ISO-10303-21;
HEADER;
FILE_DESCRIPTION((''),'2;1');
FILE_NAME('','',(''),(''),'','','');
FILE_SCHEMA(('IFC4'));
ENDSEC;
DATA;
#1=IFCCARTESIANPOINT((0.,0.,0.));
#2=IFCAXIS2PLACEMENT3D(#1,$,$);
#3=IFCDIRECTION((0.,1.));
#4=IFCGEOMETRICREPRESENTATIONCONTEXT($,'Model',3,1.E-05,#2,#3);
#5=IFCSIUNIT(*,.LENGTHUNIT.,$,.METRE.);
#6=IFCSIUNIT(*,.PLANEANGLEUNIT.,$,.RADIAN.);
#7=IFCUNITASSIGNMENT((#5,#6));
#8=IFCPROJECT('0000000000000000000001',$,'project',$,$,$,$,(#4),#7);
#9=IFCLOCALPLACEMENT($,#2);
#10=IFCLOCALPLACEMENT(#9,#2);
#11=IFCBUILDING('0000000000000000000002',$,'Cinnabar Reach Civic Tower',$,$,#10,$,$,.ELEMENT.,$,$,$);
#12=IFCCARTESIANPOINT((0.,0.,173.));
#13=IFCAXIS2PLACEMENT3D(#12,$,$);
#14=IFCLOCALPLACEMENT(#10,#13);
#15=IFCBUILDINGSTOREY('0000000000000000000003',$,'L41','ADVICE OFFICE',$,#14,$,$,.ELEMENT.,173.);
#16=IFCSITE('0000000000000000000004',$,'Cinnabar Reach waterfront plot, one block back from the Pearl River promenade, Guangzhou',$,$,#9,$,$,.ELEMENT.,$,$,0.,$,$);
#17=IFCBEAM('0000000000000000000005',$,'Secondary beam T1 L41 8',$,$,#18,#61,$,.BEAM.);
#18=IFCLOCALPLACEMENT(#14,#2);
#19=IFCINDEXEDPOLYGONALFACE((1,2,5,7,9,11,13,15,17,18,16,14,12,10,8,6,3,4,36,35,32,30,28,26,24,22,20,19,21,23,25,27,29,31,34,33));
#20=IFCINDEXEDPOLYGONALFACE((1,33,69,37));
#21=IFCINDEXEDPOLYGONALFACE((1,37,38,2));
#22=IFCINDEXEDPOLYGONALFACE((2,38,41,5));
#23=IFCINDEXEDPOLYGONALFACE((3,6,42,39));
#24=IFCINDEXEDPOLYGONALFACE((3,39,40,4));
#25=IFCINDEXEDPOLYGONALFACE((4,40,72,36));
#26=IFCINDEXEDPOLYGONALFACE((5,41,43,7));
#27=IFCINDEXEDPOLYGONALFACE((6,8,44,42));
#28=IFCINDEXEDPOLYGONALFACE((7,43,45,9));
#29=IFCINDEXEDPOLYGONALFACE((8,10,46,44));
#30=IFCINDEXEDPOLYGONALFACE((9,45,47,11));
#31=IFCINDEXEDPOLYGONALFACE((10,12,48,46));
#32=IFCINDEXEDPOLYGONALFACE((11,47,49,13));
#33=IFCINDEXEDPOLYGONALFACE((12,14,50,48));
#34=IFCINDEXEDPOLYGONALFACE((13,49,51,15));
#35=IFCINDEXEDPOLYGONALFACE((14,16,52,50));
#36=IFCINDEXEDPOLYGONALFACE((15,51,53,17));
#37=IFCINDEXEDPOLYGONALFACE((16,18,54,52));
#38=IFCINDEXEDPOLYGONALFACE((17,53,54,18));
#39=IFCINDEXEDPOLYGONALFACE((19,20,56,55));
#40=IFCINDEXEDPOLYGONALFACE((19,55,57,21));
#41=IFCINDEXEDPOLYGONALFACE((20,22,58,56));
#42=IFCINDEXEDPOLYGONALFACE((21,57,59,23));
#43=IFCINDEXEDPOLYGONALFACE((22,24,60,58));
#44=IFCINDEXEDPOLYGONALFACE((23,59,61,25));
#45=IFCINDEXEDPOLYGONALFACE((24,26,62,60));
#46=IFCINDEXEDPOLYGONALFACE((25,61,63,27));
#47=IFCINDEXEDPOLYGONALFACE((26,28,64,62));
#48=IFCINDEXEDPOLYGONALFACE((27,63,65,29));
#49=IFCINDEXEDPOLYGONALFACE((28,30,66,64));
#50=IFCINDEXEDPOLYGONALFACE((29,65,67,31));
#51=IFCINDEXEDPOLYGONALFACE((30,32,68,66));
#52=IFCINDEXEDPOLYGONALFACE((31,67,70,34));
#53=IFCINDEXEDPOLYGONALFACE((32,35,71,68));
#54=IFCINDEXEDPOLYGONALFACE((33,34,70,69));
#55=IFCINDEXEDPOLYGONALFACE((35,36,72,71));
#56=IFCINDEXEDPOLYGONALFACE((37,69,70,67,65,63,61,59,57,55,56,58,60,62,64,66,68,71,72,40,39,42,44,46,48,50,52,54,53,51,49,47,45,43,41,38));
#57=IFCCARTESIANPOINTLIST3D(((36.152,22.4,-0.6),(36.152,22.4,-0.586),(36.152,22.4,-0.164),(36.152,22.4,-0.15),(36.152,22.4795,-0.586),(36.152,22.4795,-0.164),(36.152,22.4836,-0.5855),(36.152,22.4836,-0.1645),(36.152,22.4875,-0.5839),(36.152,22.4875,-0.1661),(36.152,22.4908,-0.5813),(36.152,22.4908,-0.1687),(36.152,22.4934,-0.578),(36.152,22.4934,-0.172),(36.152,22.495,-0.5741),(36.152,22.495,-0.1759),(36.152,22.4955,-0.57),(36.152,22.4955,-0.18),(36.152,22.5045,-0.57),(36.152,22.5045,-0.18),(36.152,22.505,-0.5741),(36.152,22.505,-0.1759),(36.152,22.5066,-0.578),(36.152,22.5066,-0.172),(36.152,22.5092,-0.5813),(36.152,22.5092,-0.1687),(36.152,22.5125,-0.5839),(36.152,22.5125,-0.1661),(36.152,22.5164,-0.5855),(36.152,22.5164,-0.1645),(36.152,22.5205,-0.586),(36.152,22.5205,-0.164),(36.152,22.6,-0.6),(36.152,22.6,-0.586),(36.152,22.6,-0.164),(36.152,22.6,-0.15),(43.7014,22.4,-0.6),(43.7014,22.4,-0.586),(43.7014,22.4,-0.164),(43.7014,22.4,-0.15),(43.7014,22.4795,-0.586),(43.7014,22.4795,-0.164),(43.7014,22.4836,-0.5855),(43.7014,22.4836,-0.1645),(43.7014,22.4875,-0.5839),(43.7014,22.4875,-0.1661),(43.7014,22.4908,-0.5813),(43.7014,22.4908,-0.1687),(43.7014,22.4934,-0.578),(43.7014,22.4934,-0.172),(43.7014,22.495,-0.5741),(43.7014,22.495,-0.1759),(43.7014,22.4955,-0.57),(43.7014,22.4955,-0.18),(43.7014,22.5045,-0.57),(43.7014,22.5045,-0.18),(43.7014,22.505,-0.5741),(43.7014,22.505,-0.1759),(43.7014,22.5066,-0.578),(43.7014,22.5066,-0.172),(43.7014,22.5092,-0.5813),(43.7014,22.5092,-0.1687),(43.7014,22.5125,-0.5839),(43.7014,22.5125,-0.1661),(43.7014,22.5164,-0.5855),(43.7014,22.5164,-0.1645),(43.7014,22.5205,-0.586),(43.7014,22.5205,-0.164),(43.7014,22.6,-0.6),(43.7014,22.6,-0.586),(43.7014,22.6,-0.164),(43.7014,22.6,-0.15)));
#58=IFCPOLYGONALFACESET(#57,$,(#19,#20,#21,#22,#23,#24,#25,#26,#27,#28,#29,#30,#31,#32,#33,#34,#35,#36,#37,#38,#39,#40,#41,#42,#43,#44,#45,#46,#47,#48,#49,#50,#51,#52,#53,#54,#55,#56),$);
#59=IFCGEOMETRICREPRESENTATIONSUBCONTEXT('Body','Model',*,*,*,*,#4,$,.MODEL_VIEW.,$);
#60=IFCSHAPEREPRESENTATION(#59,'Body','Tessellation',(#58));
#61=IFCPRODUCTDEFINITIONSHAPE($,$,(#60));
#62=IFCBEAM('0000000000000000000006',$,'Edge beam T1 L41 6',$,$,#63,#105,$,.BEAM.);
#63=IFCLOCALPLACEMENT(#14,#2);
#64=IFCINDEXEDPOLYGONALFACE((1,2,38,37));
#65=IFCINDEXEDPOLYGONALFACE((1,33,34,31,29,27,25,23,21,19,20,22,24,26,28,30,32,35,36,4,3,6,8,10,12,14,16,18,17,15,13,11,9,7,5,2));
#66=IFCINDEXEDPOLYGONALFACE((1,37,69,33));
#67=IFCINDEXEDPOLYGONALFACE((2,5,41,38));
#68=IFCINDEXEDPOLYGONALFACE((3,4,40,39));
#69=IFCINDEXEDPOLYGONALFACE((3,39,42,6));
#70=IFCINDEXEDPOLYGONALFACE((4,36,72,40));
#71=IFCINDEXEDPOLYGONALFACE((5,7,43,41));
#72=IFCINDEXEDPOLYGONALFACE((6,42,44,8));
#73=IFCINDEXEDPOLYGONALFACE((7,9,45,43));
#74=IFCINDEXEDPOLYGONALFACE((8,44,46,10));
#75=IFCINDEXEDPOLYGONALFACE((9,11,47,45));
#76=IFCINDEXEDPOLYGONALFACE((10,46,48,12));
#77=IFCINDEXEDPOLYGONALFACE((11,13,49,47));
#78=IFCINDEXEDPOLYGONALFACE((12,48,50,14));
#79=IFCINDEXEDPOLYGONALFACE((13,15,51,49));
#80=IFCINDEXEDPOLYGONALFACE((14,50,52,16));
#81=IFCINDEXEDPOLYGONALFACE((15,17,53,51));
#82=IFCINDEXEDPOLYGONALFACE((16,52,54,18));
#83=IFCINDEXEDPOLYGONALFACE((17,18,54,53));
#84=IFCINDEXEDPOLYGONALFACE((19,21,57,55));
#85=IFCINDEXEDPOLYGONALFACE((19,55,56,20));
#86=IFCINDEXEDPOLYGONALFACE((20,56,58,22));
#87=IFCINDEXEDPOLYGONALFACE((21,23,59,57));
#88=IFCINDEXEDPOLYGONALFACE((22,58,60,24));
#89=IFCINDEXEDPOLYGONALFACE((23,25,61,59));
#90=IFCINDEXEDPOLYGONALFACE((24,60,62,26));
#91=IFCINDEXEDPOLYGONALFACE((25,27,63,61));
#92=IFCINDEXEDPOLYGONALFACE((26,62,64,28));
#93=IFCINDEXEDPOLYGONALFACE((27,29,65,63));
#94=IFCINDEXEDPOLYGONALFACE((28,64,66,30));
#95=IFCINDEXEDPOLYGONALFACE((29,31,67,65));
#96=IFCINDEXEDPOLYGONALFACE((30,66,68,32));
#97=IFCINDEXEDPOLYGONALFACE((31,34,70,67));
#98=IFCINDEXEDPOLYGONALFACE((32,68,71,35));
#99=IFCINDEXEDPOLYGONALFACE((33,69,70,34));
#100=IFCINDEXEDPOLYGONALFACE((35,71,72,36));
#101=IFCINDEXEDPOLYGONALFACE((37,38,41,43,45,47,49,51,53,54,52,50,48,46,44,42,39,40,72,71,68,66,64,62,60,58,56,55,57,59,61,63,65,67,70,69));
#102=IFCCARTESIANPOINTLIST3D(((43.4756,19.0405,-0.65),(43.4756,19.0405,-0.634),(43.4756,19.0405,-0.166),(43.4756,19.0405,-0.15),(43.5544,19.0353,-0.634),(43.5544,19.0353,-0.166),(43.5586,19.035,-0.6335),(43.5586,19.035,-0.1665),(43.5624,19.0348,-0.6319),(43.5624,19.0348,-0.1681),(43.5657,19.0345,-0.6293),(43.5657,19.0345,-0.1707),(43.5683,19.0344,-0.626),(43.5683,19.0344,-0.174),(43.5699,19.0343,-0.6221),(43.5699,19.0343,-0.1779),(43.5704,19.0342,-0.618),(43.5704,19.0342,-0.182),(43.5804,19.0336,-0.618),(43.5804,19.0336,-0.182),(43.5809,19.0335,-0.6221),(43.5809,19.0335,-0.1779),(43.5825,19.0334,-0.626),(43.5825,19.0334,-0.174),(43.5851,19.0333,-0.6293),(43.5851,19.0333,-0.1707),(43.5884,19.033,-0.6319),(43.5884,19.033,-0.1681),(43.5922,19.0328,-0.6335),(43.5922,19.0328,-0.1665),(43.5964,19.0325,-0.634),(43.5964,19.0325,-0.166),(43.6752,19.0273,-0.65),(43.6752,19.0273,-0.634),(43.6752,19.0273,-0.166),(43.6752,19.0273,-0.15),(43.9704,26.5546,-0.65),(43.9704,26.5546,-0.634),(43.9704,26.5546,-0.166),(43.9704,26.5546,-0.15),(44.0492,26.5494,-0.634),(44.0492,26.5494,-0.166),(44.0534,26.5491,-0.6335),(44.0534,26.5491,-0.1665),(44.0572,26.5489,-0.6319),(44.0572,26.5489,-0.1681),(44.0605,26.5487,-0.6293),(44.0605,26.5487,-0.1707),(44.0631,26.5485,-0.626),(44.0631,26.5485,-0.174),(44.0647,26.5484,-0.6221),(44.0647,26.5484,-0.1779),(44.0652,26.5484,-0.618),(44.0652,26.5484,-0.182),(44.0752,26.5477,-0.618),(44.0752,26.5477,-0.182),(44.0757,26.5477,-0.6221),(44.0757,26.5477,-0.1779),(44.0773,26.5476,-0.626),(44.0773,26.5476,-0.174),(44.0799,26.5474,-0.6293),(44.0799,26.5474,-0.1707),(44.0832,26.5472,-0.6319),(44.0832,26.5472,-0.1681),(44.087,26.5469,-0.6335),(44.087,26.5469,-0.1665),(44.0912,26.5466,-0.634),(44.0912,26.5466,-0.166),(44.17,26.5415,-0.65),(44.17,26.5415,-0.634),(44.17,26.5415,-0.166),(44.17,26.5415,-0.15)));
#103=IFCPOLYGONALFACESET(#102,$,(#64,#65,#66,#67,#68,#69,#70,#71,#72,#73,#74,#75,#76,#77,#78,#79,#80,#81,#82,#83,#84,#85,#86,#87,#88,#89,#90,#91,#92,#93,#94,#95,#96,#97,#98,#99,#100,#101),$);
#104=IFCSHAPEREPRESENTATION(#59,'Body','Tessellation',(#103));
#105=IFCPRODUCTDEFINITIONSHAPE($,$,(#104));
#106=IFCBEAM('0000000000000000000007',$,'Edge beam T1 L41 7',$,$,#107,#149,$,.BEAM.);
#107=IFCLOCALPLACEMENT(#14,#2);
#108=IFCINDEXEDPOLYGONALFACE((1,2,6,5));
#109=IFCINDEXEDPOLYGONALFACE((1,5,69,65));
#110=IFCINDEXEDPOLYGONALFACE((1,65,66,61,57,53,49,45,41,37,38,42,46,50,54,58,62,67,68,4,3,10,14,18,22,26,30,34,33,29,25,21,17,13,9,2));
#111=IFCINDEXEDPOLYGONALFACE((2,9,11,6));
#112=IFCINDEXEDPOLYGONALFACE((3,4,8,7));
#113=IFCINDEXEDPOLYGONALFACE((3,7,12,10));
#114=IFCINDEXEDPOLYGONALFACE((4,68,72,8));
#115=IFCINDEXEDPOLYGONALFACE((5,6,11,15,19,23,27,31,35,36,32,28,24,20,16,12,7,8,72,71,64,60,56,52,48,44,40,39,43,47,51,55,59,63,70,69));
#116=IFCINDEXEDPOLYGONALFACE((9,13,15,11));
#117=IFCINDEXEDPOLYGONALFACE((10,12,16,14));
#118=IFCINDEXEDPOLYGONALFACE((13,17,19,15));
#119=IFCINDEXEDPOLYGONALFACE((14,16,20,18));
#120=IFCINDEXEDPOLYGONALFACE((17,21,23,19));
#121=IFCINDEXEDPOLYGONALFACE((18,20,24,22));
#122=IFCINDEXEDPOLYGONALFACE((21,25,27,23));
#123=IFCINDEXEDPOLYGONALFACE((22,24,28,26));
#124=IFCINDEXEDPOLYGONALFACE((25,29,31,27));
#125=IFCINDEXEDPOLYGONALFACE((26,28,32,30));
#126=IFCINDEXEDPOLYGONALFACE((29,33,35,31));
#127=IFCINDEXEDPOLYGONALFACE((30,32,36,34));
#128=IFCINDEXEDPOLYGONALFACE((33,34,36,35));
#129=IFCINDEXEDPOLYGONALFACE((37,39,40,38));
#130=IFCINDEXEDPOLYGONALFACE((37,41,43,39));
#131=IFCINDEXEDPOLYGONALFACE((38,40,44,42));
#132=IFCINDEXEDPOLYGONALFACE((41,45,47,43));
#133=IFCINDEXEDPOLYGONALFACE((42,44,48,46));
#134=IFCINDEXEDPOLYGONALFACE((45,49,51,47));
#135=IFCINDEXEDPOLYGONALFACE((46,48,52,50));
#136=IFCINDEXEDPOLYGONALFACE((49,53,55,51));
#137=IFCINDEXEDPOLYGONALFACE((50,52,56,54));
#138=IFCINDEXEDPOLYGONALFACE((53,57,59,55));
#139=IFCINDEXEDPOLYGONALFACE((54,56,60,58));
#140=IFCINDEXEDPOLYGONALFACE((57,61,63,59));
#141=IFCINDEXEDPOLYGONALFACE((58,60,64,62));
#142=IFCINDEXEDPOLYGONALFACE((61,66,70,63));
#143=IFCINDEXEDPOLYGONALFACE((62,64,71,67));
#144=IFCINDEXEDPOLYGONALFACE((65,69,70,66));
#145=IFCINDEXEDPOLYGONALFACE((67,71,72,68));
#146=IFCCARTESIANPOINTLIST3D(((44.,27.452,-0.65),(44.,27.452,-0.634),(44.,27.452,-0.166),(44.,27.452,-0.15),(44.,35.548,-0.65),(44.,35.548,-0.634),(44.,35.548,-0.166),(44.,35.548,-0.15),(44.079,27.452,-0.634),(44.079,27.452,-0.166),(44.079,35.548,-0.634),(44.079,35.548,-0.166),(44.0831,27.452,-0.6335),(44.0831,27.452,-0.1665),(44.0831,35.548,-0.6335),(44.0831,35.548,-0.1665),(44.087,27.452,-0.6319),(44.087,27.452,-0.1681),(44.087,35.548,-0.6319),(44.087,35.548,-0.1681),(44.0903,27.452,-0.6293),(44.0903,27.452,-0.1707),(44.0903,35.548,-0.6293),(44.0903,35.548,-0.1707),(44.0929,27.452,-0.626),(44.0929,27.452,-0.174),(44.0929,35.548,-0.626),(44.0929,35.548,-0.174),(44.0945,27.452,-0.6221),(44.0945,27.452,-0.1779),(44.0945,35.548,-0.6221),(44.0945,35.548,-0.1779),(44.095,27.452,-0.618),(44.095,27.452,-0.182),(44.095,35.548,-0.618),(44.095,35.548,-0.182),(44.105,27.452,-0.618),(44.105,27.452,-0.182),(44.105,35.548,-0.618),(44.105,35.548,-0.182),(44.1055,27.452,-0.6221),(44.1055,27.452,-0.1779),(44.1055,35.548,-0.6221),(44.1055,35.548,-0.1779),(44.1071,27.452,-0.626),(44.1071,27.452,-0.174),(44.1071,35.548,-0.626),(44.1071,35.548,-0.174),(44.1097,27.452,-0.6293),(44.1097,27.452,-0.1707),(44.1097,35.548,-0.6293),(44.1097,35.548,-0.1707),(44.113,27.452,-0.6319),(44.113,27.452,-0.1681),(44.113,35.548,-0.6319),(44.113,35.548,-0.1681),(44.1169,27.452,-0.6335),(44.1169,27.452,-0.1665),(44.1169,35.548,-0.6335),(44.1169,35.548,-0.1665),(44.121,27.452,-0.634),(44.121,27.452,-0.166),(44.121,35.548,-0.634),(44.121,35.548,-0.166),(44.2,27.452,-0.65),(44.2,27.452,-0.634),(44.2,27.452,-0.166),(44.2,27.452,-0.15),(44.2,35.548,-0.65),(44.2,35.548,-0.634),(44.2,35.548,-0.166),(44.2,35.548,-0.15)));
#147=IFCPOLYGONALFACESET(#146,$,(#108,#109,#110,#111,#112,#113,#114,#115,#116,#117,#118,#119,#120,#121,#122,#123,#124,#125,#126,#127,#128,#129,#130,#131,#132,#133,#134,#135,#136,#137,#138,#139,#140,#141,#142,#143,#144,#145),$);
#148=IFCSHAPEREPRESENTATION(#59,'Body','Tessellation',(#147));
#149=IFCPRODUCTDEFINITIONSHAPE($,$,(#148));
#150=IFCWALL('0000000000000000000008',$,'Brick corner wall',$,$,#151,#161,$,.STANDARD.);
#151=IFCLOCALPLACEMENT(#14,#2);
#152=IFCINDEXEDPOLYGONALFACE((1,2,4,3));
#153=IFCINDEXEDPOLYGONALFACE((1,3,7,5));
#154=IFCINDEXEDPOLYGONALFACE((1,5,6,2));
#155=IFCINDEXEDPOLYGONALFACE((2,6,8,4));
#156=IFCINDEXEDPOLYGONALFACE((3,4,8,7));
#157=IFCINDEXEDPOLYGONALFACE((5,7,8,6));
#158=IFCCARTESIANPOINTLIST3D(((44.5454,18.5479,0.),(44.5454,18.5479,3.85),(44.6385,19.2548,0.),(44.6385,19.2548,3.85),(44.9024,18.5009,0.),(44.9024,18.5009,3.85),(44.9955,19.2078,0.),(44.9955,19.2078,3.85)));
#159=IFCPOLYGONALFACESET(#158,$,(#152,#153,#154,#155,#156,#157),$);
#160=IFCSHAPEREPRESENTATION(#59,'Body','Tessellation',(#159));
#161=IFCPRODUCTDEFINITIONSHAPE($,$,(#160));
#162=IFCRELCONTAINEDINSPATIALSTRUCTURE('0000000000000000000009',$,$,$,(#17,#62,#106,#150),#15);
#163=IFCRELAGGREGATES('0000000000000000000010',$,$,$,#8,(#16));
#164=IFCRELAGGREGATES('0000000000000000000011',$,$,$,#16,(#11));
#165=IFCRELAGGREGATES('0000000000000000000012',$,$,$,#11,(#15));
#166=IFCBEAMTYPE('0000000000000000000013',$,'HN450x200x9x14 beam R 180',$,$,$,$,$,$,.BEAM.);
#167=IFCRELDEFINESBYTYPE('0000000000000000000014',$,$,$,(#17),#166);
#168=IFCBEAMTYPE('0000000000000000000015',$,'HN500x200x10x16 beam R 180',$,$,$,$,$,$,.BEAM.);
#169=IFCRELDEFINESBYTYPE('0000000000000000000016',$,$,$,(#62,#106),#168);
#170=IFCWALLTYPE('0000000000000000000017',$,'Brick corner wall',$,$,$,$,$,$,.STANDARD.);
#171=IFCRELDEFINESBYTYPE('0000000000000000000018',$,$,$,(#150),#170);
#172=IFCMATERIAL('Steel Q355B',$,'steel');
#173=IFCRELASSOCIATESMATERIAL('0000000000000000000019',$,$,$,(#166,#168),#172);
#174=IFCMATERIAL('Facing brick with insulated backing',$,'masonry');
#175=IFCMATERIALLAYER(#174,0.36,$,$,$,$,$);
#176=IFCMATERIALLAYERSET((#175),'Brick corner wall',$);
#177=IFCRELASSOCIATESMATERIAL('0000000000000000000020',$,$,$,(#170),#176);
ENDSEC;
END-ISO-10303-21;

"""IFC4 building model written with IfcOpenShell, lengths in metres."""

from ifc_helpers import new_model, si_unit, direction, frame, frame_2d, origin, origin_2d, place, context, subcontext, project, spatial, rectangle, i_section, extrude, material, layer, layer_set, material_profile, profile_set, type_object, element, save


model = new_model("IFC4")

# Units and contexts
model_context = context("Model", 3, precision=1e-05, world=origin(), true_north=direction((0.0, 1.0)))
body_context = subcontext(model_context, "Body", "Model", "MODEL_VIEW")
ifc_project = project(units=[si_unit("LENGTHUNIT", "METRE"), si_unit("PLANEANGLEUNIT", "RADIAN")], contexts=[model_context])

# Site, building, storey
site_placement = place(None, origin())
site = spatial("IfcSite", under=ifc_project, at=site_placement, Name="Cinnabar Reach waterfront plot, one block back from the Pearl River promenade, Guangzhou", CompositionType="ELEMENT", RefElevation=0.0)
building_placement = place(site_placement, origin())
building = spatial("IfcBuilding", under=site, at=building_placement, Name="Cinnabar Reach Civic Tower", CompositionType="ELEMENT")
storey_placement = place(building_placement, frame((0.0, 0.0, 173.0)))
storey = spatial("IfcBuildingStorey", under=building, at=storey_placement, Name="L41", Description="ADVICE OFFICE", CompositionType="ELEMENT", Elevation=173.0)

# Beams
ifc_material_1 = material(Name="Steel Q355B", Category="steel")
ifc_material_profile_1 = material_profile(ifc_material_1, i_section(OverallWidth=0.2, OverallDepth=0.45, WebThickness=0.009, FlangeThickness=0.014, FilletRadius=0.016, at=origin_2d()), Name="HN450x200x9x14")
ifc_profile_set_1 = profile_set([ifc_material_profile_1], Name="Steel Q355B")
beam_type_1 = type_object("IfcBeamType", Name="HN450x200x9x14 beam R 180", PredefinedType="BEAM", material=ifc_profile_set_1)
beam_1_placement = place(storey_placement, frame((36.152, 22.5, -0.375), z_axis=(1.0, 0.0, 0.0), x_axis=(0.0, 1.0, 0.0)))
element("IfcBeam", 1, at=beam_1_placement, inside=storey, type_object=beam_type_1, Name="Secondary beam T1 L41 8", PredefinedType="BEAM", context=body_context, shape_type="SweptSolid", body=[
    extrude(i_section(OverallWidth=0.2, OverallDepth=0.45, WebThickness=0.009, FlangeThickness=0.014, FilletRadius=0.016, at=origin_2d()), origin(), (0.0, 0.0, 1.0), 7.5494),
])
ifc_material_profile_2 = material_profile(ifc_material_1, i_section(OverallWidth=0.2, OverallDepth=0.5, WebThickness=0.01, FlangeThickness=0.016, FilletRadius=0.016, at=origin_2d()), Name="HN500x200x10x16")
ifc_profile_set_2 = profile_set([ifc_material_profile_2], Name="Steel Q355B")
beam_type_2 = type_object("IfcBeamType", Name="HN500x200x10x16 beam R 180", PredefinedType="BEAM", material=ifc_profile_set_2)
beam_2_placement = place(storey_placement, frame((43.5754, 19.0339, -0.4), z_axis=(0.065707, 0.997839, 0.0), x_axis=(-0.997839, 0.065707, 0.0)))
element("IfcBeam", 2, at=beam_2_placement, inside=storey, type_object=beam_type_2, Name="Edge beam T1 L41 6", PredefinedType="BEAM", context=body_context, shape_type="SweptSolid", body=[
    extrude(i_section(OverallWidth=0.2, OverallDepth=0.5, WebThickness=0.01, FlangeThickness=0.016, FilletRadius=0.016, at=origin_2d()), origin(), (0.0, 0.0, 1.0), 7.5304),
])
beam_3_placement = place(storey_placement, frame((44.1, 27.452, -0.4), z_axis=(0.0, 1.0, 0.0), x_axis=(-1.0, 0.0, 0.0)))
element("IfcBeam", 3, at=beam_3_placement, inside=storey, type_object=beam_type_2, Name="Edge beam T1 L41 7", PredefinedType="BEAM", context=body_context, shape_type="SweptSolid", body=[
    extrude(i_section(OverallWidth=0.2, OverallDepth=0.5, WebThickness=0.01, FlangeThickness=0.016, FilletRadius=0.016, at=origin_2d()), origin(), (0.0, 0.0, 1.0), 8.096),
])

# Wall
ifc_material_2 = material(Name="Facing brick with insulated backing", Category="masonry")
ifc_layer_1 = layer(ifc_material_2, 0.36)
ifc_layer_set_1 = layer_set([ifc_layer_1], Name="Brick corner wall")
wall_type_1 = type_object("IfcWallType", Name="Brick corner wall", PredefinedType="STANDARD", material=ifc_layer_set_1)
wall_1_placement = place(storey_placement, frame((44.7239, 18.5244, 0.0), z_axis=(0.0, 0.0, 1.0), x_axis=(0.130556, 0.991441, 0.0)))
element("IfcWall", 4, at=wall_1_placement, inside=storey, type_object=wall_type_1, Name="Brick corner wall", PredefinedType="STANDARD", context=body_context, shape_type="SweptSolid", body=[
    extrude(rectangle(XDim=0.7131, YDim=0.36, at=frame_2d((0.3565, 0.0))), origin(), (0.0, 0.0, 1.0), 3.85),
])

save(model, "model.ifc")
